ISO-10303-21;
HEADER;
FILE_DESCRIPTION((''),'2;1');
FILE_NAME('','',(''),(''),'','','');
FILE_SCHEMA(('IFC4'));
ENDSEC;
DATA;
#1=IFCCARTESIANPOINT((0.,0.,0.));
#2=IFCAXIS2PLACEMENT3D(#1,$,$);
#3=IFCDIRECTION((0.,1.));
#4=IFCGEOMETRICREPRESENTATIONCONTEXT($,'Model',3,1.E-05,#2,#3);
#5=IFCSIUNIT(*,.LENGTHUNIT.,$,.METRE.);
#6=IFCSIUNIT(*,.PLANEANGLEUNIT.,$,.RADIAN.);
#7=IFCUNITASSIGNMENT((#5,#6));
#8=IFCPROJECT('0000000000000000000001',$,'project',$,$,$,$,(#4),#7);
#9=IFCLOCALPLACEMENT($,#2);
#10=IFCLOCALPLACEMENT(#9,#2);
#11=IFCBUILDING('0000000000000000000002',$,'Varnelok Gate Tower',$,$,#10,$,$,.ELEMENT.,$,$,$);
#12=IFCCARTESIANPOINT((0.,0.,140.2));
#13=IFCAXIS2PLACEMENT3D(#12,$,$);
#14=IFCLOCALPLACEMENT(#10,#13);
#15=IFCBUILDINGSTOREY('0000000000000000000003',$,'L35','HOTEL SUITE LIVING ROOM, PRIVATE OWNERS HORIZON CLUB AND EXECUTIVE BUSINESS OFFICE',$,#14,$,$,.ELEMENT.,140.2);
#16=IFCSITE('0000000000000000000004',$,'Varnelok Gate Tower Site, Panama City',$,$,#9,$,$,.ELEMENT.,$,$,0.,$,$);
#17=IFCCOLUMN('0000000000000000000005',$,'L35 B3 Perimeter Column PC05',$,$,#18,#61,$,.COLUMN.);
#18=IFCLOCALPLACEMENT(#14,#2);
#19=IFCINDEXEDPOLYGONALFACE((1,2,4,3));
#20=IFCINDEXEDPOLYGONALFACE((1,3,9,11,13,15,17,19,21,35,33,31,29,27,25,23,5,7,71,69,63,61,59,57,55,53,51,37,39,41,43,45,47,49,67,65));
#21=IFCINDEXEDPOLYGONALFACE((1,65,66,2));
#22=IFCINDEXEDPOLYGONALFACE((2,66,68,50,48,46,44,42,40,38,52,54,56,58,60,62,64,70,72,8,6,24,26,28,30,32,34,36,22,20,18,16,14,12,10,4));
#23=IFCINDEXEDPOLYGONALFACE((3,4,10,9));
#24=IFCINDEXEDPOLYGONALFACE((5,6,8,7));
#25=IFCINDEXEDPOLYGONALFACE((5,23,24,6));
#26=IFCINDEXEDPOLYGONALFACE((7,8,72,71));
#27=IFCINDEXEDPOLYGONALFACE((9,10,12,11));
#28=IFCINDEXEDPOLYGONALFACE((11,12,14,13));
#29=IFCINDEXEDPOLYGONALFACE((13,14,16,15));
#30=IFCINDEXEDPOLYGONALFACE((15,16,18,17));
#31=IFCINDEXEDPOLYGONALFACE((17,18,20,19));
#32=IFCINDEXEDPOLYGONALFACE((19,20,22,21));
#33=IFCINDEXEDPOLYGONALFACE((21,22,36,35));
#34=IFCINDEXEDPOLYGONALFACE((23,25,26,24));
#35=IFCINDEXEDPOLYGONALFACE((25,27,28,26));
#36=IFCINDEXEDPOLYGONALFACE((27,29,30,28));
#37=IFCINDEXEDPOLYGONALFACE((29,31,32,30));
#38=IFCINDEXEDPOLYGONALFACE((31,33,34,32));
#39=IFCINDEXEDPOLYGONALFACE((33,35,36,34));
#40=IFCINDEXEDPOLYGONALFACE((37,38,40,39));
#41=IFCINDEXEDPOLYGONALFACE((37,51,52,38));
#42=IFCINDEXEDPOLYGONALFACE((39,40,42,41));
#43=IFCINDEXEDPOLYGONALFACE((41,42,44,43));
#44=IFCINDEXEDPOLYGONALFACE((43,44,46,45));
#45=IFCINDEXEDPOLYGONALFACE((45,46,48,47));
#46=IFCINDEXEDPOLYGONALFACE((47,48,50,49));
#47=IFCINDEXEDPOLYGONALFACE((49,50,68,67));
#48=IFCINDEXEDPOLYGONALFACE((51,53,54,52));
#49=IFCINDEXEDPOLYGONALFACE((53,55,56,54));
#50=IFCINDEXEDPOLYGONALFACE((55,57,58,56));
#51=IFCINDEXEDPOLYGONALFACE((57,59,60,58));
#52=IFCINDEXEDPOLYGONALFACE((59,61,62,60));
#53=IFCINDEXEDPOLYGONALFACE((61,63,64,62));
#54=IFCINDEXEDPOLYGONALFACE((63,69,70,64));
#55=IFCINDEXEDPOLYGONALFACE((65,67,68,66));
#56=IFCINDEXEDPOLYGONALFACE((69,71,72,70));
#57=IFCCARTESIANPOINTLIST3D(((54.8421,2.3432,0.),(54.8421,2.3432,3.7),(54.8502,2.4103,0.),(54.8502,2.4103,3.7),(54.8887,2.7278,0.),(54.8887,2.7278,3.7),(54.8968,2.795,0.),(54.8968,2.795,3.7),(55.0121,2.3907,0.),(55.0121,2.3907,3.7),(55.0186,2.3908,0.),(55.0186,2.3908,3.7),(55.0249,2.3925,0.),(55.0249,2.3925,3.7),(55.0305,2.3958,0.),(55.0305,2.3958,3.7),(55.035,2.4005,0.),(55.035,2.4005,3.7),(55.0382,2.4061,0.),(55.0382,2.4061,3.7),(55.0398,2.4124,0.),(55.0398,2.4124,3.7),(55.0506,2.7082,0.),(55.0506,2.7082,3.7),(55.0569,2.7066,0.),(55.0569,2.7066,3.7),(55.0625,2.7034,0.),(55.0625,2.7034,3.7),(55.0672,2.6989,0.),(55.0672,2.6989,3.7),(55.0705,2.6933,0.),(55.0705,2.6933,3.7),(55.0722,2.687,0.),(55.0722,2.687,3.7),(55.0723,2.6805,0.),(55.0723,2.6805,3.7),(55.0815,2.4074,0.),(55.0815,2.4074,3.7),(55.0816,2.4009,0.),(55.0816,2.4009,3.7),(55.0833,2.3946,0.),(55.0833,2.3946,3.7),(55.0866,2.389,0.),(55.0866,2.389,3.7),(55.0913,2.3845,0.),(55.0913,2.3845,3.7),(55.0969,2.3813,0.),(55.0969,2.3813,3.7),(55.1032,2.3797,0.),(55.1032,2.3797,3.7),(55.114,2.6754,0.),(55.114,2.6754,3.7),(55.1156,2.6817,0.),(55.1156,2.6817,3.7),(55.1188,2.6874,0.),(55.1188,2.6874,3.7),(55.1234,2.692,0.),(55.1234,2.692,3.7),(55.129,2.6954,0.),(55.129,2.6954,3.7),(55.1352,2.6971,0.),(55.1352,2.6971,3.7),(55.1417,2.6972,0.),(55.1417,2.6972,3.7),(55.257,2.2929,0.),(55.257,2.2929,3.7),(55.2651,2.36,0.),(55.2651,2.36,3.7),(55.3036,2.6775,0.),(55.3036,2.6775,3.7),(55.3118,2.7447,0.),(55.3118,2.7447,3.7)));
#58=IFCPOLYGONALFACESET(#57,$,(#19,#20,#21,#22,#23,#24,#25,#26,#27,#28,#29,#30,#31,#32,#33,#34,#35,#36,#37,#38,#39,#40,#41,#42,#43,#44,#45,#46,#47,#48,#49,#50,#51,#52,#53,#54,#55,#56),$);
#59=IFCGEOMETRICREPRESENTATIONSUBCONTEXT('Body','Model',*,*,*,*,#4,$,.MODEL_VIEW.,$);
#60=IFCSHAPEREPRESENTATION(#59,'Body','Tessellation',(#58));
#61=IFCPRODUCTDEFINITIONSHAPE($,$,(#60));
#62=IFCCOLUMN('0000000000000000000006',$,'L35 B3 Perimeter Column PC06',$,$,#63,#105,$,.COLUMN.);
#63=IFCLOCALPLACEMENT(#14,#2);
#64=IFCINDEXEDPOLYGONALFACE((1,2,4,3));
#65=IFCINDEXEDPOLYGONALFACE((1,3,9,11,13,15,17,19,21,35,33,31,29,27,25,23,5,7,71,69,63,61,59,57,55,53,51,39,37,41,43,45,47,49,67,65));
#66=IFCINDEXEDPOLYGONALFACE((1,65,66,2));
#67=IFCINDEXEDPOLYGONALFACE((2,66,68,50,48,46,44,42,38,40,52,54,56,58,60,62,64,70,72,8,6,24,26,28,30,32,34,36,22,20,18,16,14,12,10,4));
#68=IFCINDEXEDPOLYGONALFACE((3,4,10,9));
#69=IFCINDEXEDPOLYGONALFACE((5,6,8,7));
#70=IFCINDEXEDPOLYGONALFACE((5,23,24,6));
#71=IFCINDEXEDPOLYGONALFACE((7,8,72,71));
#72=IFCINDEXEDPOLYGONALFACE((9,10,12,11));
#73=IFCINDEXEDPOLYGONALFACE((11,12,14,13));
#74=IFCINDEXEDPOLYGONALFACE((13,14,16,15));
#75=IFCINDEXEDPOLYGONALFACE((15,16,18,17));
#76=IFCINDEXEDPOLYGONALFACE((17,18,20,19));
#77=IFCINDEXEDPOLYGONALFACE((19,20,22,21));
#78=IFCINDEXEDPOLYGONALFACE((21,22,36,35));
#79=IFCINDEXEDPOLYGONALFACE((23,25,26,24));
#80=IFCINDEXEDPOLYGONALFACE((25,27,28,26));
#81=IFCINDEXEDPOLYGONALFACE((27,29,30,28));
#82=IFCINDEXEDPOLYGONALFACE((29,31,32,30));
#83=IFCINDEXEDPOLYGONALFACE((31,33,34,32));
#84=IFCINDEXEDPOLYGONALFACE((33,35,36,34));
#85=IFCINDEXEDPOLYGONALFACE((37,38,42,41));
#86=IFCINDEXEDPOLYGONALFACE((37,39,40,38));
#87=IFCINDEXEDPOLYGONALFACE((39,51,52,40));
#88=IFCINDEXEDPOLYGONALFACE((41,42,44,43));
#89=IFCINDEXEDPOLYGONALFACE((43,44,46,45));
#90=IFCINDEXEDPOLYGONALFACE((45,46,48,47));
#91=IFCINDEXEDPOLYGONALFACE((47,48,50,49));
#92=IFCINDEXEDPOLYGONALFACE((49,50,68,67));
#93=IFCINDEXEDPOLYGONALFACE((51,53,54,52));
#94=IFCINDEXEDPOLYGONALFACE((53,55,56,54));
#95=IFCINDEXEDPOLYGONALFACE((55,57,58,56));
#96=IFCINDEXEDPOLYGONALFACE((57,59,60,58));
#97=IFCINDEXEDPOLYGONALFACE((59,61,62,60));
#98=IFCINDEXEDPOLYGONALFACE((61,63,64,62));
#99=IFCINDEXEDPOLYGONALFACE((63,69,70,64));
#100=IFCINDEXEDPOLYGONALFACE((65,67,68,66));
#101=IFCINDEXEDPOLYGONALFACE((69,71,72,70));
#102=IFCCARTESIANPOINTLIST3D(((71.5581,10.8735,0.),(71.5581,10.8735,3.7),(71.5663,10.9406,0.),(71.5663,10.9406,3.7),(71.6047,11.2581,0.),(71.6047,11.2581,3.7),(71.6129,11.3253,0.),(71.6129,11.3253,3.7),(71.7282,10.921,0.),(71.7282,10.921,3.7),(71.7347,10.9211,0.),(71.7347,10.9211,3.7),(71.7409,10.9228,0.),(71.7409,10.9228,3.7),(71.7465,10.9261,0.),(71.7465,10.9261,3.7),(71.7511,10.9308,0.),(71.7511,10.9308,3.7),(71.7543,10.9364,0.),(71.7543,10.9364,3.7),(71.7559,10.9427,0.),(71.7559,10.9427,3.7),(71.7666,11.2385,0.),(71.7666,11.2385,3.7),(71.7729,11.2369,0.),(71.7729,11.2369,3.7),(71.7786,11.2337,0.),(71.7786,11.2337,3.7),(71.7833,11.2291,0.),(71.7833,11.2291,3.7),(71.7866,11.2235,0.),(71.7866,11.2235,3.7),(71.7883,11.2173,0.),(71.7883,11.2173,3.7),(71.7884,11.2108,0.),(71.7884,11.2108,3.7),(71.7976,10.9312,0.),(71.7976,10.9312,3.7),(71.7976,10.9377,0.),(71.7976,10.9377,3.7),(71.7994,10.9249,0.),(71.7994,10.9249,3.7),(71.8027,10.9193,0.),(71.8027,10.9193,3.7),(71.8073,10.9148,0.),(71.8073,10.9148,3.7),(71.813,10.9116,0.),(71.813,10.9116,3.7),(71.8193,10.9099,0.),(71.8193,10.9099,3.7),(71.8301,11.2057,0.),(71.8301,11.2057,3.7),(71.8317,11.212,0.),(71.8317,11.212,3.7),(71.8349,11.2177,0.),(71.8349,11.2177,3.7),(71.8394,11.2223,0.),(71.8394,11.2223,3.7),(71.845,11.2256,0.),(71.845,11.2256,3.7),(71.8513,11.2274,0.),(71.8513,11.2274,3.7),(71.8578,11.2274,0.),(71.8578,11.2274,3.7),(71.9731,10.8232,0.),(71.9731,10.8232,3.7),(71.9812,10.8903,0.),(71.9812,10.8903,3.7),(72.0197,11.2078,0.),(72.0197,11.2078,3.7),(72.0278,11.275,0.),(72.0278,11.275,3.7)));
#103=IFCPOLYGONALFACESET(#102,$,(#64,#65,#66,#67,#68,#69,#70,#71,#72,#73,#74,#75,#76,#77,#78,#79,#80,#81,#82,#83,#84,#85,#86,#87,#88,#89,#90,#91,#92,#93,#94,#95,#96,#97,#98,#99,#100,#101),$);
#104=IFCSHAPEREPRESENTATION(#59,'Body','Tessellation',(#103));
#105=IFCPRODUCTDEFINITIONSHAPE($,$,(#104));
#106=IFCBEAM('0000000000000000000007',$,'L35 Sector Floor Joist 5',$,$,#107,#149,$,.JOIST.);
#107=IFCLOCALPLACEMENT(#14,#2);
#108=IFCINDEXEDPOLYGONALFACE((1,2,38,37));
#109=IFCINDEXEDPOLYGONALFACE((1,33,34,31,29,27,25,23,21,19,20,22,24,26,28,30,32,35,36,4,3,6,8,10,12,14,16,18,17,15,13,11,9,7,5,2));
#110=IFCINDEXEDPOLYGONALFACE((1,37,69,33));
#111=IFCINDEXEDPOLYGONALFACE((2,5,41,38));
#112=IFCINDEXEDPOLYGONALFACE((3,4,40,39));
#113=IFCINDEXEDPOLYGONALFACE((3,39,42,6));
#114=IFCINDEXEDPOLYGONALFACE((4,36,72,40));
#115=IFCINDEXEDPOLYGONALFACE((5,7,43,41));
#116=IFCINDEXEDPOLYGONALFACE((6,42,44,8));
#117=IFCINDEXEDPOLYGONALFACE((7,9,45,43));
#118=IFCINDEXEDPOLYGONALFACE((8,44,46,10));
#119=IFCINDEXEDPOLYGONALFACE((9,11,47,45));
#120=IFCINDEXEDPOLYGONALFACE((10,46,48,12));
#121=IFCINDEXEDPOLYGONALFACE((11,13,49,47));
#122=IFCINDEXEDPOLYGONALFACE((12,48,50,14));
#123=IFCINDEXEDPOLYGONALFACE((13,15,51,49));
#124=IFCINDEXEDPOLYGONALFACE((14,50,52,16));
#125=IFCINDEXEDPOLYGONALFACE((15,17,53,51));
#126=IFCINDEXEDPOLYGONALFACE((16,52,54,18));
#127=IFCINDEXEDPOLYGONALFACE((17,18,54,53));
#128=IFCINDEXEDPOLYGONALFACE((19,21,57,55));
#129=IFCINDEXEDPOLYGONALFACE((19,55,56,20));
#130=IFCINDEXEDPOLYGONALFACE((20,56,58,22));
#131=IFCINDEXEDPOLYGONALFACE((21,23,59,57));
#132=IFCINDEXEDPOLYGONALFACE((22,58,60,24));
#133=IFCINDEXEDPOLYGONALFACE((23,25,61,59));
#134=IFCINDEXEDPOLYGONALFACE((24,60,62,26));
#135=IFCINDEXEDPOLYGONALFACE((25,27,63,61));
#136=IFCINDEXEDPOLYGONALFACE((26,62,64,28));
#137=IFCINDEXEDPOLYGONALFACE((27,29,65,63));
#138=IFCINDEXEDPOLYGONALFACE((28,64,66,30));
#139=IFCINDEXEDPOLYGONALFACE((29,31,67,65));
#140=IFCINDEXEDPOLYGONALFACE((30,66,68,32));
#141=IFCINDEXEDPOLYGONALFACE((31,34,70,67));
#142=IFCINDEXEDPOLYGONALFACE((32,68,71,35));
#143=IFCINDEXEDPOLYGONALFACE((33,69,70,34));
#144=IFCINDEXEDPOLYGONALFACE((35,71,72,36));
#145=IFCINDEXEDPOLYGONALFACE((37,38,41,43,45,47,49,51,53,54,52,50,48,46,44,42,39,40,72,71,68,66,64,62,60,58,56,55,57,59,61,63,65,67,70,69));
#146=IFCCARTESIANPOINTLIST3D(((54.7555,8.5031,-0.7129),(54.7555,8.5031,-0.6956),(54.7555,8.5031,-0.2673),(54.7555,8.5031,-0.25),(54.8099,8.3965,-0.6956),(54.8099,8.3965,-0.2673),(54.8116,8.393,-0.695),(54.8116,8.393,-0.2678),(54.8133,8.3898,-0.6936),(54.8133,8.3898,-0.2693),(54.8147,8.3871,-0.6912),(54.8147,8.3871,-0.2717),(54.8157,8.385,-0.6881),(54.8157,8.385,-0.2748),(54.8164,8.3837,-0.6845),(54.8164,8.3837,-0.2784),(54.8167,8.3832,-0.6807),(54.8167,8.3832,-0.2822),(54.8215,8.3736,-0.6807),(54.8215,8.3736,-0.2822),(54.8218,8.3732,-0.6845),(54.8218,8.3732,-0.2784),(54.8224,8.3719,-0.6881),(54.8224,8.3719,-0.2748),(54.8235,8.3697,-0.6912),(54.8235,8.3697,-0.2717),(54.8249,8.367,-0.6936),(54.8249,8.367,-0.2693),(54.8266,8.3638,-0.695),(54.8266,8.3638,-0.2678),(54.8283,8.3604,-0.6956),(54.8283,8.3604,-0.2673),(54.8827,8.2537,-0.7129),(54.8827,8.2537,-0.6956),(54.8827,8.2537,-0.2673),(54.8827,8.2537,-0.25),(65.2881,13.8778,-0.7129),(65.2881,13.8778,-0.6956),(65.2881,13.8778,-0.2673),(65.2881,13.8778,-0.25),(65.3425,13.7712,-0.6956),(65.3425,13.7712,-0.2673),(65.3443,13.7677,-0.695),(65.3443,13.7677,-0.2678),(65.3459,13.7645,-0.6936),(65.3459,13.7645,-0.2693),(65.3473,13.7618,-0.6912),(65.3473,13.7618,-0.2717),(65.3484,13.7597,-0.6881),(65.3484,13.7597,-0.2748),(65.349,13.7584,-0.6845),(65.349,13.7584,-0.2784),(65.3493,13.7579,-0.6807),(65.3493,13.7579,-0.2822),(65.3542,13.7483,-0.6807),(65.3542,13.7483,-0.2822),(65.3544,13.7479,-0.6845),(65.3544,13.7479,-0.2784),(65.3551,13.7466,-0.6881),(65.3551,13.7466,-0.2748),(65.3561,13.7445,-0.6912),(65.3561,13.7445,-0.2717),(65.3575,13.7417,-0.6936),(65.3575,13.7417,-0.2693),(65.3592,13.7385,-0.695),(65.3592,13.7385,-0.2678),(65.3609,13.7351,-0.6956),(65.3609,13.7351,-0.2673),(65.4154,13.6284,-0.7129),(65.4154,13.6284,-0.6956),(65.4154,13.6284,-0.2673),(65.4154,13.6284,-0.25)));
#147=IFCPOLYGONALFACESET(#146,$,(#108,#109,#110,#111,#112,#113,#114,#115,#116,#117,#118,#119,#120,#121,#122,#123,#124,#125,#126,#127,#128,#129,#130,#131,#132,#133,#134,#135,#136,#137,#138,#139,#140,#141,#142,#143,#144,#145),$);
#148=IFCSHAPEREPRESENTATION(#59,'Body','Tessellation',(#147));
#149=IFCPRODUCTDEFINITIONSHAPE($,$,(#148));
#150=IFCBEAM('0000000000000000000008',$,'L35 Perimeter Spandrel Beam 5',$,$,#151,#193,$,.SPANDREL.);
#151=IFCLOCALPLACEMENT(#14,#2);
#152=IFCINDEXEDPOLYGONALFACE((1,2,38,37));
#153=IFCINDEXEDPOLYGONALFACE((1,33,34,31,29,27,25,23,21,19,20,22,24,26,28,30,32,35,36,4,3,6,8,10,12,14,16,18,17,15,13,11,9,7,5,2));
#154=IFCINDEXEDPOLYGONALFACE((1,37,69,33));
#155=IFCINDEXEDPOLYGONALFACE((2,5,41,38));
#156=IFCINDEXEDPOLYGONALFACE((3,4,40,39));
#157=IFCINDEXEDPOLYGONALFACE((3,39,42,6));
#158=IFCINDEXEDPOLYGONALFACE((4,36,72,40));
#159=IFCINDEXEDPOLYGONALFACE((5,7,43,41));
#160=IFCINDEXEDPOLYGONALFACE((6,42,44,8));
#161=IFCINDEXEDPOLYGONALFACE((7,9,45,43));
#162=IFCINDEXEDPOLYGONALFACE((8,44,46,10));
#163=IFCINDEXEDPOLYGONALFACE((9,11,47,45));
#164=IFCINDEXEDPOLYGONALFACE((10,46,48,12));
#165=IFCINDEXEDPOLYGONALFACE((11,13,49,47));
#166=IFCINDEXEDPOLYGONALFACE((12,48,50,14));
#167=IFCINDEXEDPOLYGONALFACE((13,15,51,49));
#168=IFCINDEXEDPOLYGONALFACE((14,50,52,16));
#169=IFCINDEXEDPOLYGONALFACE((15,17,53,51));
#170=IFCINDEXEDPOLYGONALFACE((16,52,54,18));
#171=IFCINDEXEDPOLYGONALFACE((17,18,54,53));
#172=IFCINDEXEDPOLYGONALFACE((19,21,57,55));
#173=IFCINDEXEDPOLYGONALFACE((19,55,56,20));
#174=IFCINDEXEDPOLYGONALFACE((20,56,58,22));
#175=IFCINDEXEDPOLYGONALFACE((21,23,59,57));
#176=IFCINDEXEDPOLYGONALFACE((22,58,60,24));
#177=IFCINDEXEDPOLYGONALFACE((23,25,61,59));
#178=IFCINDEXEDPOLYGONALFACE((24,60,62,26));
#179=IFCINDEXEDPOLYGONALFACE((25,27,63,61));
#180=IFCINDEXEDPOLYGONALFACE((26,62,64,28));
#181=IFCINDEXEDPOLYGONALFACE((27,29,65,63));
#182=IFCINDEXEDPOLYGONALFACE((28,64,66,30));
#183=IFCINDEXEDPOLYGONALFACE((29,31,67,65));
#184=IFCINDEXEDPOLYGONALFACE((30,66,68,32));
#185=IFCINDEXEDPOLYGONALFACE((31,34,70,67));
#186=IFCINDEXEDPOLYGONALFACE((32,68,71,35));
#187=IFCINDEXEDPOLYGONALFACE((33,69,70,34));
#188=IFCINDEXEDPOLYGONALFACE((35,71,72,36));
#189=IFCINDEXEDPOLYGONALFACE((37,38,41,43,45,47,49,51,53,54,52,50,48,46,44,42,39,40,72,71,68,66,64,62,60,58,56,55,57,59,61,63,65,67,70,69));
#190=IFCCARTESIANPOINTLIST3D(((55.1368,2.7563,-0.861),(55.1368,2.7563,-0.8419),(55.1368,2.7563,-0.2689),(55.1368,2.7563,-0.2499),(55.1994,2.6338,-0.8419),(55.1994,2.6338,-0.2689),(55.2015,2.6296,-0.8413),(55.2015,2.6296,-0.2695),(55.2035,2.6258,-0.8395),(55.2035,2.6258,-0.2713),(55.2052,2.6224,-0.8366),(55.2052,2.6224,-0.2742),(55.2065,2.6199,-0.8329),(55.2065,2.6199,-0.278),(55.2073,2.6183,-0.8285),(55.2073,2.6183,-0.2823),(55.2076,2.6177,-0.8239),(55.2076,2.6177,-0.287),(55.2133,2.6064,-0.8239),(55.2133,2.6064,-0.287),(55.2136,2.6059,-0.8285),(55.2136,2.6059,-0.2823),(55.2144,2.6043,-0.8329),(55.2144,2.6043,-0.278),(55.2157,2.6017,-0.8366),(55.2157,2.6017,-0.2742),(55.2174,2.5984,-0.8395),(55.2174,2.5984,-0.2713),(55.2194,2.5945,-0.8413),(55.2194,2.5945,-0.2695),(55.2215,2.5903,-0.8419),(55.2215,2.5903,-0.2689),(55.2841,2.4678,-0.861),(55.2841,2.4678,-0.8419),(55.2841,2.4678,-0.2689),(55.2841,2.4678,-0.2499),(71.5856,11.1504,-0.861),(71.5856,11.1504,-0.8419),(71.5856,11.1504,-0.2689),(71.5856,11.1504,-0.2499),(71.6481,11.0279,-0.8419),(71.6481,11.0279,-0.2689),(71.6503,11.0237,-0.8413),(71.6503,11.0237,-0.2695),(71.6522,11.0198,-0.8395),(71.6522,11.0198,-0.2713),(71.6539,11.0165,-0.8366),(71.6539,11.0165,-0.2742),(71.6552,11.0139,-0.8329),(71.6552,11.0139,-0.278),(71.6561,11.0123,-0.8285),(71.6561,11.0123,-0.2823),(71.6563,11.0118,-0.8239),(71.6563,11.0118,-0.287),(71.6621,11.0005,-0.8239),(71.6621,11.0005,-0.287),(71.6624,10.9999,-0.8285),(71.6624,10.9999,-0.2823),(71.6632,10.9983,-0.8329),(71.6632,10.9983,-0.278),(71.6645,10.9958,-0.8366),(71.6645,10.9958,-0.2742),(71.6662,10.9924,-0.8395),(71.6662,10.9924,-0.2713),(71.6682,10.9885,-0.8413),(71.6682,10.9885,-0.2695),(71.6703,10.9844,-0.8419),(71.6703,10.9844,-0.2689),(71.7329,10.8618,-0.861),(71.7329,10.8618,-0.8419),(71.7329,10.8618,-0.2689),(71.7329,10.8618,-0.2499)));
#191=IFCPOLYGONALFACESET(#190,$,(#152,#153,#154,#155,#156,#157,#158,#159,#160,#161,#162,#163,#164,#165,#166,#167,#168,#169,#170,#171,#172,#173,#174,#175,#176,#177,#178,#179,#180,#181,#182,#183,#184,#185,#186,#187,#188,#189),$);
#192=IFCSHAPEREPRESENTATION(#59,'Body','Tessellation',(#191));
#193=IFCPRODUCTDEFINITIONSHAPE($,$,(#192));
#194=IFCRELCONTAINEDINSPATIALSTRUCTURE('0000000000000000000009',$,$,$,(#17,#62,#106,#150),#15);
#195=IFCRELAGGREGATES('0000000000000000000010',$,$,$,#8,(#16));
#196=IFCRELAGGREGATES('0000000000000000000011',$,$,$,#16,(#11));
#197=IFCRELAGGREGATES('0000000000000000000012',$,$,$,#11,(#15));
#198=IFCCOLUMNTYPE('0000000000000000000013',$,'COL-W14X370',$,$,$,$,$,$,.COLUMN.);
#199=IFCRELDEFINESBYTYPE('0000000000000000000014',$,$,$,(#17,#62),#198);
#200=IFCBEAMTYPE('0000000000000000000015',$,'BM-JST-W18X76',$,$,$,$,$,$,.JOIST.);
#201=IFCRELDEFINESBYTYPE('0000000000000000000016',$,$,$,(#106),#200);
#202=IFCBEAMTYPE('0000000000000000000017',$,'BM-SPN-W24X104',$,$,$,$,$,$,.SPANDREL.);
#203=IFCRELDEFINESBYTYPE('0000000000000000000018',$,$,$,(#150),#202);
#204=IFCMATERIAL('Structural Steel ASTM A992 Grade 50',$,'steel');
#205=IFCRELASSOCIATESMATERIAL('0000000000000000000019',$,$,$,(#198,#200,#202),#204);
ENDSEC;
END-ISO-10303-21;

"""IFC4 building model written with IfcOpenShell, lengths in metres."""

from ifc_helpers import new_model, si_unit, direction, frame, origin, origin_2d, place, context, subcontext, project, spatial, i_section, extrude, material, material_profile, profile_set, type_object, element, save


model = new_model("IFC4")

# Units and contexts
model_context = context("Model", 3, precision=1e-05, world=origin(), true_north=direction((0.0, 1.0)))
body_context = subcontext(model_context, "Body", "Model", "MODEL_VIEW")
ifc_project = project(units=[si_unit("LENGTHUNIT", "METRE"), si_unit("PLANEANGLEUNIT", "RADIAN")], contexts=[model_context])

# Site, building, storey
site_placement = place(None, origin())
site = spatial("IfcSite", under=ifc_project, at=site_placement, Name="Varnelok Gate Tower Site, Panama City", CompositionType="ELEMENT", RefElevation=0.0)
building_placement = place(site_placement, origin())
building = spatial("IfcBuilding", under=site, at=building_placement, Name="Varnelok Gate Tower", CompositionType="ELEMENT")
storey_placement = place(building_placement, frame((0.0, 0.0, 140.2)))
storey = spatial("IfcBuildingStorey", under=building, at=storey_placement, Name="L35", Description="HOTEL SUITE LIVING ROOM, PRIVATE OWNERS HORIZON CLUB AND EXECUTIVE BUSINESS OFFICE", CompositionType="ELEMENT", Elevation=140.2)

# Columns
ifc_material_1 = material(Name="Structural Steel ASTM A992 Grade 50", Category="steel")
ifc_material_profile_1 = material_profile(ifc_material_1, i_section(OverallWidth=0.418, OverallDepth=0.4551, WebThickness=0.042, FlangeThickness=0.0676, FilletRadius=0.0249, at=origin_2d()), Name="W14X370")
ifc_profile_set_1 = profile_set([ifc_material_profile_1], Name="Structural Steel ASTM A992 Grade 50")
column_type = type_object("IfcColumnType", Name="COL-W14X370", PredefinedType="COLUMN", material=ifc_profile_set_1)
for number, where, z_axis, x_axis, name in (
    (1, (55.0769, 2.5439, 0.0), (0.0, 0.0, 1.0), (0.992732, -0.120345, 0.0), "L35 B3 Perimeter Column PC05"),
    (2, (71.793, 11.0742, 0.0), (0.0, 0.0, 1.0), (0.992732, -0.120345, 0.0), "L35 B3 Perimeter Column PC06"),
):
    element("IfcColumn", number, at=place(storey_placement, frame(where, z_axis=z_axis, x_axis=x_axis)), inside=storey, type_object=column_type, Name=name, PredefinedType="COLUMN", context=body_context, shape_type="SweptSolid", body=[
        extrude(i_section(OverallWidth=0.418, OverallDepth=0.4551, WebThickness=0.042, FlangeThickness=0.0676, FilletRadius=0.0249, at=origin_2d()), origin(), (0.0, 0.0, 1.0), 3.7),
    ])

# Beams
ifc_material_profile_2 = material_profile(ifc_material_1, i_section(OverallWidth=0.28, OverallDepth=0.4629, WebThickness=0.0107, FlangeThickness=0.0173, FilletRadius=0.0149, at=origin_2d()), Name="W18X76")
ifc_profile_set_2 = profile_set([ifc_material_profile_2], Name="Structural Steel ASTM A992 Grade 50")
beam_type_1 = type_object("IfcBeamType", Name="BM-JST-W18X76", PredefinedType="JOIST", material=ifc_profile_set_2)
beam_1_placement = place(storey_placement, frame((54.8191, 8.3784, -0.4814), z_axis=(0.89073, 0.454532, 0.0), x_axis=(-0.454532, 0.89073, 0.0)))
element("IfcBeam", 3, at=beam_1_placement, inside=storey, type_object=beam_type_1, Name="L35 Sector Floor Joist 5", PredefinedType="JOIST", context=body_context, shape_type="SweptSolid", body=[
    extrude(i_section(OverallWidth=0.28, OverallDepth=0.4629, WebThickness=0.0107, FlangeThickness=0.0173, FilletRadius=0.0149, at=origin_2d()), origin(), (0.0, 0.0, 1.0), 11.8247),
])
ifc_material_profile_3 = material_profile(ifc_material_1, i_section(OverallWidth=0.324, OverallDepth=0.6111, WebThickness=0.0127, FlangeThickness=0.019, FilletRadius=0.0181, at=origin_2d()), Name="W24X104")
ifc_profile_set_3 = profile_set([ifc_material_profile_3], Name="Structural Steel ASTM A992 Grade 50")
beam_type_2 = type_object("IfcBeamType", Name="BM-SPN-W24X104", PredefinedType="SPANDREL", material=ifc_profile_set_3)
beam_2_placement = place(storey_placement, frame((55.2104, 2.6121, -0.5554), z_axis=(0.890722, 0.454549, 0.0), x_axis=(-0.454549, 0.890722, 0.0)))
element("IfcBeam", 4, at=beam_2_placement, inside=storey, type_object=beam_type_2, Name="L35 Perimeter Spandrel Beam 5", PredefinedType="SPANDREL", context=body_context, shape_type="SweptSolid", body=[
    extrude(i_section(OverallWidth=0.324, OverallDepth=0.6111, WebThickness=0.0127, FlangeThickness=0.019, FilletRadius=0.0181, at=origin_2d()), origin(), (0.0, 0.0, 1.0), 18.4668),
])

save(model, "model.ifc")
